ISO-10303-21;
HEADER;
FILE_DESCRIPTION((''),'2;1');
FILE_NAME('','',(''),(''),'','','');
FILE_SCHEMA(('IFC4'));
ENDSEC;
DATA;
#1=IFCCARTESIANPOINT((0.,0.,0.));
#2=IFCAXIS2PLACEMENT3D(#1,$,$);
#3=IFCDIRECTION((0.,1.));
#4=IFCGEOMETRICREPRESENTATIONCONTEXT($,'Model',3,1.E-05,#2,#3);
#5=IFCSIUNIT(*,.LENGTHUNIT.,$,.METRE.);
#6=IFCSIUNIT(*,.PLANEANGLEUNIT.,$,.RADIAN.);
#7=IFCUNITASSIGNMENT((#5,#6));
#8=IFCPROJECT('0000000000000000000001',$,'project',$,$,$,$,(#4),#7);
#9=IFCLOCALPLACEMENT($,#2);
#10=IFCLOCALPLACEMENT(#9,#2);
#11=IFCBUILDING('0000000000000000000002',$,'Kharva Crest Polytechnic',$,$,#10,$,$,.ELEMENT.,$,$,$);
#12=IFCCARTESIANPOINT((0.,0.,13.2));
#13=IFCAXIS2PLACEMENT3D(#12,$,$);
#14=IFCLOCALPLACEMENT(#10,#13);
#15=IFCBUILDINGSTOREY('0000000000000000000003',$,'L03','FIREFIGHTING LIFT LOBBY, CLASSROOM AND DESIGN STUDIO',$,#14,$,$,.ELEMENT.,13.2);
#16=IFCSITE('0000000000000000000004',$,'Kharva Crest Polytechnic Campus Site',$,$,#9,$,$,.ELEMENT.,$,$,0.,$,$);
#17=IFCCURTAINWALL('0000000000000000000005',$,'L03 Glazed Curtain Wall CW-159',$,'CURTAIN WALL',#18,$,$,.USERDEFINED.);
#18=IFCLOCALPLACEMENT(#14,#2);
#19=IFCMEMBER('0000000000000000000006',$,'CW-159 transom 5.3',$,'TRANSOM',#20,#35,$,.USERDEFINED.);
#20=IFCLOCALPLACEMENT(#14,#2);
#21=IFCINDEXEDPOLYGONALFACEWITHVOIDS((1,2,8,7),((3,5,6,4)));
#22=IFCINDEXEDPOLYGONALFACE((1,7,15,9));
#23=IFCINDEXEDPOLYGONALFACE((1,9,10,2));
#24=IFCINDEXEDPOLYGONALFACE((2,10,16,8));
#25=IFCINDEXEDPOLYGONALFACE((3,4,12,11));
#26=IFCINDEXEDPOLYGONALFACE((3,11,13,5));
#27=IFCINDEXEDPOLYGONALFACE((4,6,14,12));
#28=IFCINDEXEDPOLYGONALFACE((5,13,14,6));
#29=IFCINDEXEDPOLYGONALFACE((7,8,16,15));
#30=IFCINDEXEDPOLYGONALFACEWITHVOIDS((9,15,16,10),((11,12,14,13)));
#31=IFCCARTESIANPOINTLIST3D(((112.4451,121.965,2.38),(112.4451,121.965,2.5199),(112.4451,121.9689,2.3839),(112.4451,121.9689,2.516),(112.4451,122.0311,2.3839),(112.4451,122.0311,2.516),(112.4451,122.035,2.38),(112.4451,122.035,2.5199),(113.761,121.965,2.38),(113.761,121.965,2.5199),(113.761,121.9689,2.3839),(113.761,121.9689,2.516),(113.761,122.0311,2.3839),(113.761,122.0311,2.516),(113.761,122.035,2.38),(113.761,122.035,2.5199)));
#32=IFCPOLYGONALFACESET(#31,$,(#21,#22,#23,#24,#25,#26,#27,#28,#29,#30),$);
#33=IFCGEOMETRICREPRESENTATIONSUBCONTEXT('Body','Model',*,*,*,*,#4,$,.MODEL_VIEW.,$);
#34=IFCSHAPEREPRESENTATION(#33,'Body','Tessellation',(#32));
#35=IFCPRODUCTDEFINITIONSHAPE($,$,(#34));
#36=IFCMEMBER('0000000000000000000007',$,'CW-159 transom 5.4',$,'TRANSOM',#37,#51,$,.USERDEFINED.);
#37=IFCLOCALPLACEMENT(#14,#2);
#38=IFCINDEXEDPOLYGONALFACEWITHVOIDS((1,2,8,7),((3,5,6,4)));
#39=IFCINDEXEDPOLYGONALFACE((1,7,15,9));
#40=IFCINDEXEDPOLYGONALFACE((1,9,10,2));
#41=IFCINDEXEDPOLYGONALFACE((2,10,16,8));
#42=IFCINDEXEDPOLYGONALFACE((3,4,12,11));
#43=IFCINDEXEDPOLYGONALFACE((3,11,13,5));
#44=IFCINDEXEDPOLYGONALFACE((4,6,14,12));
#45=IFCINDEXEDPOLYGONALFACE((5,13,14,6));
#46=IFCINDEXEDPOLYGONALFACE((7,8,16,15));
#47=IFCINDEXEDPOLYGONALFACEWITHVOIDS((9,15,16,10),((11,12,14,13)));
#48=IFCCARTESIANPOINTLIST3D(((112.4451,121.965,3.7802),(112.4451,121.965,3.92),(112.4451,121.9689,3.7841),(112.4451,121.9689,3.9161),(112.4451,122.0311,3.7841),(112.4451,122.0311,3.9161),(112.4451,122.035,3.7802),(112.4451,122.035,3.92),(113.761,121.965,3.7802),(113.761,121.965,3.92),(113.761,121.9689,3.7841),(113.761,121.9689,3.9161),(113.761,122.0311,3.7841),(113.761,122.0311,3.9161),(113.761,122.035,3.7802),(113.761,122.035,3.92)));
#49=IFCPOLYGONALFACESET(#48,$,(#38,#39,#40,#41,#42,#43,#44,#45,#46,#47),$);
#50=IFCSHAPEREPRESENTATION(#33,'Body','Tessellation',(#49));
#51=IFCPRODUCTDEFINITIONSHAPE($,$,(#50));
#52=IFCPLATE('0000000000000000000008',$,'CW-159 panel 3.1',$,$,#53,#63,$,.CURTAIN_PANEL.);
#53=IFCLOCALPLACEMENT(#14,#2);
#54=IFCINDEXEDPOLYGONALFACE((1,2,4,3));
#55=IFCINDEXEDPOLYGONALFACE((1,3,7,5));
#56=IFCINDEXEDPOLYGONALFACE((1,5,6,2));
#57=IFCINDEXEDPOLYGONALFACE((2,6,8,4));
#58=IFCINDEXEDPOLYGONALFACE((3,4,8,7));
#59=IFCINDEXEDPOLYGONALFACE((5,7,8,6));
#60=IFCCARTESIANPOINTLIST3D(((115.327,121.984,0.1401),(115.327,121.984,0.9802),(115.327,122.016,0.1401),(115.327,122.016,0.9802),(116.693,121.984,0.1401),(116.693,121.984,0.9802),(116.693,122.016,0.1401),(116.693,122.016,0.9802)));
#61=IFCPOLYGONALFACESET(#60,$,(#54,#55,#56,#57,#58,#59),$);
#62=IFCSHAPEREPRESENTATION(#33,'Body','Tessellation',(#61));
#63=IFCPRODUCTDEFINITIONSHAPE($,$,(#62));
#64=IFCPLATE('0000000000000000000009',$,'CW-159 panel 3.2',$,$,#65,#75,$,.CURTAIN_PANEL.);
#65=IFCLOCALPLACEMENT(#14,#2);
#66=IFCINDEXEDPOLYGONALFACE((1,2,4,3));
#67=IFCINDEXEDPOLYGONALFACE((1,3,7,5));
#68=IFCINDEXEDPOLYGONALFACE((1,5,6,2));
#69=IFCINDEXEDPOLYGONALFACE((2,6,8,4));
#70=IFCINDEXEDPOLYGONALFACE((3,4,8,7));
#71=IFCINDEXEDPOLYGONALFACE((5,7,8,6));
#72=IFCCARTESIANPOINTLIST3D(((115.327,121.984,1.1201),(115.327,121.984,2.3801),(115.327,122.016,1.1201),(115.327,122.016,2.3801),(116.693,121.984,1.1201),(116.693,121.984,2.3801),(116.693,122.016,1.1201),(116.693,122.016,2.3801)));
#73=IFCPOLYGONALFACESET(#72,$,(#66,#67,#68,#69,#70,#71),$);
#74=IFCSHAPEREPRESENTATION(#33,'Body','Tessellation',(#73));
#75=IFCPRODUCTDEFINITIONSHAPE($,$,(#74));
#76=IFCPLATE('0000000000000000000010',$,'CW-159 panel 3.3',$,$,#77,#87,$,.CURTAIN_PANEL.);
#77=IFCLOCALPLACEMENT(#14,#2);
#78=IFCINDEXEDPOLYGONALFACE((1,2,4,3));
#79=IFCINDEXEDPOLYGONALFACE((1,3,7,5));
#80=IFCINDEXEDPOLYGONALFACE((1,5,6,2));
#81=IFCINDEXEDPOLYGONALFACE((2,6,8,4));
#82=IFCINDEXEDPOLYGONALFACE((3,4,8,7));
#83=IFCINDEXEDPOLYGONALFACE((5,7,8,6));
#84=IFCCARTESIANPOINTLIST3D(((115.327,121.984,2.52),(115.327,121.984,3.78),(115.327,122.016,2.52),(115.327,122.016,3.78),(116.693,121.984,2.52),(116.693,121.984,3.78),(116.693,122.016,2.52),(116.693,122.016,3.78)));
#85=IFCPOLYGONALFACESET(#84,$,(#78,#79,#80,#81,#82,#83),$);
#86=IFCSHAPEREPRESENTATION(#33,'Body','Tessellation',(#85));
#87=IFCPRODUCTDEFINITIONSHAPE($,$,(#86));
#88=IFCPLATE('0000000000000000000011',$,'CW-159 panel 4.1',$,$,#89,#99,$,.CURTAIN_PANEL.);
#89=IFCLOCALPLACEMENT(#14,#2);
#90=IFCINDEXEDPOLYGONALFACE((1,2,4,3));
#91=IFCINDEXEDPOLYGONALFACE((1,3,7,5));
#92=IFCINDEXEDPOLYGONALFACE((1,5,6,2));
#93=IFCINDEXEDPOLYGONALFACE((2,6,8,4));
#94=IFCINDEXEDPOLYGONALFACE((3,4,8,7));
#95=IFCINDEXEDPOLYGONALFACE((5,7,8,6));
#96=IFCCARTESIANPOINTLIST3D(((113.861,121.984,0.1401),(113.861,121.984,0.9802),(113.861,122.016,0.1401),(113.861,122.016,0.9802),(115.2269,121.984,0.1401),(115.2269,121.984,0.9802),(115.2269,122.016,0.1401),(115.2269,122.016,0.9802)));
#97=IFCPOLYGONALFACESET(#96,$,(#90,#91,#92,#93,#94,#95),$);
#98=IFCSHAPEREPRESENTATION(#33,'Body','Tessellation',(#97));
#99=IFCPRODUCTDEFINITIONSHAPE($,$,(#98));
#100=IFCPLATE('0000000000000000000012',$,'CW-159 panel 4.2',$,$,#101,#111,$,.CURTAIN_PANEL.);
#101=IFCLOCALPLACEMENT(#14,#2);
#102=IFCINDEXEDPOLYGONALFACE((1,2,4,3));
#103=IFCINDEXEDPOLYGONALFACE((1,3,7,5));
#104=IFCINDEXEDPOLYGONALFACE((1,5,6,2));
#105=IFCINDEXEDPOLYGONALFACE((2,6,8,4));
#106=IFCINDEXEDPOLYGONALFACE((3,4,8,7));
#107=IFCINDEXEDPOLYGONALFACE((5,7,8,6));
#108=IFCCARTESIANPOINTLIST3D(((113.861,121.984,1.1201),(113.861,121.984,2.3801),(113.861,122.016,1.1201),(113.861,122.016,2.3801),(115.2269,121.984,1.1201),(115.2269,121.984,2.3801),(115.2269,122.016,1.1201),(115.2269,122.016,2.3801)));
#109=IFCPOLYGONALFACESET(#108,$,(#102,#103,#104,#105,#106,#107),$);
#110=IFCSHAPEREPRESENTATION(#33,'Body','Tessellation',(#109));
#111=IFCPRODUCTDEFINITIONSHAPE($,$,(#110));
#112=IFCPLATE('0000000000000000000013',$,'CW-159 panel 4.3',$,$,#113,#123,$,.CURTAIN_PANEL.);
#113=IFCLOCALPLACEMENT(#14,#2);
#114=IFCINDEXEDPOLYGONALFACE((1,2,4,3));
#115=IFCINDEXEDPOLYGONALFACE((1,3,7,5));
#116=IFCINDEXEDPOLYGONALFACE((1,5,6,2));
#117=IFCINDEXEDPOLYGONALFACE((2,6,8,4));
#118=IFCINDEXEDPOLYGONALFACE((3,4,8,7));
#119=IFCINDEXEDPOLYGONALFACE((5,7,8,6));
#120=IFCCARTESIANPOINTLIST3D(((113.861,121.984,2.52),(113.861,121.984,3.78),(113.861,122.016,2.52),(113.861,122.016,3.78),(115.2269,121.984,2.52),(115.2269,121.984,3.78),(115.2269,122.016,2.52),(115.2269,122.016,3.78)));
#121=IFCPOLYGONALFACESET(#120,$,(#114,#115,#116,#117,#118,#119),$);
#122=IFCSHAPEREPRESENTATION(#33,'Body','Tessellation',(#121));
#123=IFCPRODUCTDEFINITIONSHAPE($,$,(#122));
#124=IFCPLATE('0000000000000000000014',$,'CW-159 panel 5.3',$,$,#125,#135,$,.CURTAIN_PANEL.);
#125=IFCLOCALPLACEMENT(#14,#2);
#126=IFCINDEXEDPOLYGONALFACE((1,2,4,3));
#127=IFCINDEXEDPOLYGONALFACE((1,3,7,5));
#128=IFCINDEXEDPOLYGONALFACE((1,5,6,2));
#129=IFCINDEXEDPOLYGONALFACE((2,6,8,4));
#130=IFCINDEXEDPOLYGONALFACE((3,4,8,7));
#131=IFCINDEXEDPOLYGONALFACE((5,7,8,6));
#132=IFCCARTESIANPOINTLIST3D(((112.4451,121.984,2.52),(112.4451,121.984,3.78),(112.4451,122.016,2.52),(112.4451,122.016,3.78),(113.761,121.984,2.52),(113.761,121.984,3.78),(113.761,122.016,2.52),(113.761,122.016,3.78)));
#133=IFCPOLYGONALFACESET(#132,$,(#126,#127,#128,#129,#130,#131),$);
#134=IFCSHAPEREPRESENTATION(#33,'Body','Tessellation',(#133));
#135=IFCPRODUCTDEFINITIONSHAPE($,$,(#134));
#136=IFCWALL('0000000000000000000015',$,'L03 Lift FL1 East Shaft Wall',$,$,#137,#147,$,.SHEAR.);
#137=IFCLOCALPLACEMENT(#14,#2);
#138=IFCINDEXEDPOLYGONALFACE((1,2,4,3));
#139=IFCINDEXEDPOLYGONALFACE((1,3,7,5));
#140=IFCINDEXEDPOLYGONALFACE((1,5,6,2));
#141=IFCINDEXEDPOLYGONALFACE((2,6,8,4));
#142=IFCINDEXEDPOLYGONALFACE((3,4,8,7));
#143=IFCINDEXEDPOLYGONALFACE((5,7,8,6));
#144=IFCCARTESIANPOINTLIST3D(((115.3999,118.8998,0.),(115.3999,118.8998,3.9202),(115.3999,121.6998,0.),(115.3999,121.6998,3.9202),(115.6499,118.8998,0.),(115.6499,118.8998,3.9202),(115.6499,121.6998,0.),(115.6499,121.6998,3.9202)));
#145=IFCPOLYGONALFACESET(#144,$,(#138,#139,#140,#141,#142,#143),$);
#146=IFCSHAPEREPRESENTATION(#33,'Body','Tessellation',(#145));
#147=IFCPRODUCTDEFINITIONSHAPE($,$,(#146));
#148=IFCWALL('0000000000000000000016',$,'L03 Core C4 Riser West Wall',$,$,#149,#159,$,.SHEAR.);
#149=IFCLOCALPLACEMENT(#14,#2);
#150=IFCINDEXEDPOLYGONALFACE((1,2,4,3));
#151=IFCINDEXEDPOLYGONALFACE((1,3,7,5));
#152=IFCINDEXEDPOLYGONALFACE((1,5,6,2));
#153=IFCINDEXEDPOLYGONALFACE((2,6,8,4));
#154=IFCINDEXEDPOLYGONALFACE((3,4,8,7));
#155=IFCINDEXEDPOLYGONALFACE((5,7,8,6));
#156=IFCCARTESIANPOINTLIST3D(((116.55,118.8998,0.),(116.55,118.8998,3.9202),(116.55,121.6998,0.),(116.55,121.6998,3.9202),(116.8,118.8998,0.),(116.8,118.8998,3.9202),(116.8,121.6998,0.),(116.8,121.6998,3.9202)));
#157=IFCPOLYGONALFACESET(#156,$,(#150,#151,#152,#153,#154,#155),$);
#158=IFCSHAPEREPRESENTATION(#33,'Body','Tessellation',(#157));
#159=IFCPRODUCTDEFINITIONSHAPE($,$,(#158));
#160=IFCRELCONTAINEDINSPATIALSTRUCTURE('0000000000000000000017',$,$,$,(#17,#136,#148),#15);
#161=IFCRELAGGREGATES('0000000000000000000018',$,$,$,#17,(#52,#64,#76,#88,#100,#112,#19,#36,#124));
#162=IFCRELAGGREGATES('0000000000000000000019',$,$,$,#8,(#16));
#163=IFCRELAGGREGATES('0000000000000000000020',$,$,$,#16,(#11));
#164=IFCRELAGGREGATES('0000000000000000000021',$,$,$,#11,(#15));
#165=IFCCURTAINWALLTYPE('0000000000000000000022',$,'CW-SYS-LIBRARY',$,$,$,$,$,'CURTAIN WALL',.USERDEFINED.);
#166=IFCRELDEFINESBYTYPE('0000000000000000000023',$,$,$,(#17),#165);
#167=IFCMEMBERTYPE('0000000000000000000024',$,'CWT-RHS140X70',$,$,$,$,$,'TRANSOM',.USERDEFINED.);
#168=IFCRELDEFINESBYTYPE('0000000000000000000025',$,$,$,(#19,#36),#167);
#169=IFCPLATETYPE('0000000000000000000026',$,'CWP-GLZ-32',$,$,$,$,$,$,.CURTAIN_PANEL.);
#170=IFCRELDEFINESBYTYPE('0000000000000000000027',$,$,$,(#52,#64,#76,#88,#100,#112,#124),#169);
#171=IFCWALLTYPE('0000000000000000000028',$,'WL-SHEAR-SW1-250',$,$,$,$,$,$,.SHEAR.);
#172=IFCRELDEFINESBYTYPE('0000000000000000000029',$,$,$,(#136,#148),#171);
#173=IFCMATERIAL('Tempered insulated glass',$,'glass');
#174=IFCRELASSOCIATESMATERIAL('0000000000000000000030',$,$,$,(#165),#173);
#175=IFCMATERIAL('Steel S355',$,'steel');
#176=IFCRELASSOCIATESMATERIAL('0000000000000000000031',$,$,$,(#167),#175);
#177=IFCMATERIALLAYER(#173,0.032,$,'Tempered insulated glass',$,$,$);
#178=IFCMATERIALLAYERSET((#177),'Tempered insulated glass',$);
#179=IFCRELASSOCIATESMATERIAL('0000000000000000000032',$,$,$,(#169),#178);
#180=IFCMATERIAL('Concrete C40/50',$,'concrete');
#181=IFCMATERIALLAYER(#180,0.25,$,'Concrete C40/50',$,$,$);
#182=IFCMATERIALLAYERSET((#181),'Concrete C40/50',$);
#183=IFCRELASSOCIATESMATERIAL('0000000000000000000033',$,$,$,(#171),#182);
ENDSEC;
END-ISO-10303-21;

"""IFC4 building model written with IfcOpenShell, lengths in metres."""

from ifc_helpers import new_model, si_unit, direction, frame, frame_2d, origin, origin_2d, place, context, subcontext, project, spatial, rectangle, hollow_rectangle, extrude, material, layer, layer_set, material_profile, profile_set, type_object, element, aggregate, save


model = new_model("IFC4")

# Units and contexts
model_context = context("Model", 3, precision=1e-05, world=origin(), true_north=direction((0.0, 1.0)))
body_context = subcontext(model_context, "Body", "Model", "MODEL_VIEW")
ifc_project = project(units=[si_unit("LENGTHUNIT", "METRE"), si_unit("PLANEANGLEUNIT", "RADIAN")], contexts=[model_context])

# Site, building, storey
site_placement = place(None, origin())
site = spatial("IfcSite", under=ifc_project, at=site_placement, Name="Kharva Crest Polytechnic Campus Site", CompositionType="ELEMENT", RefElevation=0.0)
building_placement = place(site_placement, origin())
building = spatial("IfcBuilding", under=site, at=building_placement, Name="Kharva Crest Polytechnic", CompositionType="ELEMENT")
storey_placement = place(building_placement, frame((0.0, 0.0, 13.2)))
storey = spatial("IfcBuildingStorey", under=building, at=storey_placement, Name="L03", Description="FIREFIGHTING LIFT LOBBY, CLASSROOM AND DESIGN STUDIO", CompositionType="ELEMENT", Elevation=13.2)

# Curtain wall, members, plates
ifc_material_1 = material(Name="Tempered insulated glass", Category="glass")
curtain_wall_type = type_object("IfcCurtainWallType", Name="CW-SYS-LIBRARY", ElementType="CURTAIN WALL", PredefinedType="USERDEFINED", material=ifc_material_1)
curtain_wall_placement = place(storey_placement, origin())
curtain_wall = element("IfcCurtainWall", 1, at=curtain_wall_placement, inside=storey, type_object=curtain_wall_type, Name="L03 Glazed Curtain Wall CW-159", ObjectType="CURTAIN WALL", PredefinedType="USERDEFINED")
ifc_material_2 = material(Name="Steel S355", Category="steel")
ifc_material_profile_1 = material_profile(ifc_material_2, hollow_rectangle(XDim=0.0701, YDim=0.1399, WallThickness=0.0039, at=origin_2d()), Name="RHS 140X70X4.0")
ifc_profile_set_1 = profile_set([ifc_material_profile_1], Name="Steel S355")
member_type_1 = type_object("IfcMemberType", Name="CWT-RHS140X70", ElementType="TRANSOM", PredefinedType="USERDEFINED", material=ifc_profile_set_1)
member_1_placement = place(storey_placement, frame((113.761, 122.0, 2.45), z_axis=(-1.0, 0.0, 0.0), x_axis=(0.0, -1.0, 0.0)))
member_1 = element("IfcMember", 2, at=member_1_placement, type_object=member_type_1, Name="CW-159 transom 5.3", ObjectType="TRANSOM", PredefinedType="USERDEFINED", context=body_context, shape_type="SweptSolid", body=[
    extrude(hollow_rectangle(XDim=0.0701, YDim=0.1399, WallThickness=0.0039, at=origin_2d()), origin(), (0.0, 0.0, 1.0), 1.3159),
])
member_2_placement = place(storey_placement, frame((113.761, 122.0, 3.8501), z_axis=(-1.0, 0.0, 0.0), x_axis=(0.0, -1.0, 0.0)))
member_2 = element("IfcMember", 3, at=member_2_placement, type_object=member_type_1, Name="CW-159 transom 5.4", ObjectType="TRANSOM", PredefinedType="USERDEFINED", context=body_context, shape_type="SweptSolid", body=[
    extrude(hollow_rectangle(XDim=0.0701, YDim=0.1399, WallThickness=0.0039, at=origin_2d()), origin(), (0.0, 0.0, 1.0), 1.3159),
])
ifc_layer_1 = layer(ifc_material_1, 0.032, Name="Tempered insulated glass")
ifc_layer_set_1 = layer_set([ifc_layer_1], Name="Tempered insulated glass")
plate_type = type_object("IfcPlateType", Name="CWP-GLZ-32", PredefinedType="CURTAIN_PANEL", material=ifc_layer_set_1)
plate_1_placement = place(storey_placement, frame((116.01, 122.0, 0.1401), z_axis=(0.0, 0.0, 1.0), x_axis=(-1.0, 0.0, 0.0)))
plate_1 = element("IfcPlate", 4, at=plate_1_placement, type_object=plate_type, Name="CW-159 panel 3.1", PredefinedType="CURTAIN_PANEL", context=body_context, shape_type="SweptSolid", body=[
    extrude(rectangle(XDim=1.366, YDim=0.032, at=origin_2d()), origin(), (0.0, 0.0, 1.0), 0.8401),
])
plate_2_placement = place(storey_placement, frame((116.01, 122.0, 1.1201), z_axis=(0.0, 0.0, 1.0), x_axis=(-1.0, 0.0, 0.0)))
plate_2 = element("IfcPlate", 5, at=plate_2_placement, type_object=plate_type, Name="CW-159 panel 3.2", PredefinedType="CURTAIN_PANEL", context=body_context, shape_type="SweptSolid", body=[
    extrude(rectangle(XDim=1.366, YDim=0.032, at=origin_2d()), origin(), (0.0, 0.0, 1.0), 1.26),
])
plate_3_placement = place(storey_placement, frame((116.01, 122.0, 2.52), z_axis=(0.0, 0.0, 1.0), x_axis=(-1.0, 0.0, 0.0)))
plate_3 = element("IfcPlate", 6, at=plate_3_placement, type_object=plate_type, Name="CW-159 panel 3.3", PredefinedType="CURTAIN_PANEL", context=body_context, shape_type="SweptSolid", body=[
    extrude(rectangle(XDim=1.366, YDim=0.032, at=origin_2d()), origin(), (0.0, 0.0, 1.0), 1.26),
])
plate_4_placement = place(storey_placement, frame((114.5439, 122.0, 0.1401), z_axis=(0.0, 0.0, 1.0), x_axis=(-1.0, 0.0, 0.0)))
plate_4 = element("IfcPlate", 7, at=plate_4_placement, type_object=plate_type, Name="CW-159 panel 4.1", PredefinedType="CURTAIN_PANEL", context=body_context, shape_type="SweptSolid", body=[
    extrude(rectangle(XDim=1.366, YDim=0.032, at=origin_2d()), origin(), (0.0, 0.0, 1.0), 0.8401),
])
plate_5_placement = place(storey_placement, frame((114.5439, 122.0, 1.1201), z_axis=(0.0, 0.0, 1.0), x_axis=(-1.0, 0.0, 0.0)))
plate_5 = element("IfcPlate", 8, at=plate_5_placement, type_object=plate_type, Name="CW-159 panel 4.2", PredefinedType="CURTAIN_PANEL", context=body_context, shape_type="SweptSolid", body=[
    extrude(rectangle(XDim=1.366, YDim=0.032, at=origin_2d()), origin(), (0.0, 0.0, 1.0), 1.26),
])
plate_6_placement = place(storey_placement, frame((114.5439, 122.0, 2.52), z_axis=(0.0, 0.0, 1.0), x_axis=(-1.0, 0.0, 0.0)))
plate_6 = element("IfcPlate", 9, at=plate_6_placement, type_object=plate_type, Name="CW-159 panel 4.3", PredefinedType="CURTAIN_PANEL", context=body_context, shape_type="SweptSolid", body=[
    extrude(rectangle(XDim=1.366, YDim=0.032, at=origin_2d()), origin(), (0.0, 0.0, 1.0), 1.26),
])
plate_7_placement = place(storey_placement, frame((113.103, 122.0, 2.52), z_axis=(0.0, 0.0, 1.0), x_axis=(-1.0, 0.0, 0.0)))
plate_7 = element("IfcPlate", 10, at=plate_7_placement, type_object=plate_type, Name="CW-159 panel 5.3", PredefinedType="CURTAIN_PANEL", context=body_context, shape_type="SweptSolid", body=[
    extrude(rectangle(XDim=1.3159, YDim=0.032, at=origin_2d()), origin(), (0.0, 0.0, 1.0), 1.26),
])
aggregate(curtain_wall, [plate_1, plate_2, plate_3, plate_4, plate_5, plate_6, member_1, member_2, plate_7])

# Walls
ifc_material_3 = material(Name="Concrete C40/50", Category="concrete")
ifc_layer_2 = layer(ifc_material_3, 0.25, Name="Concrete C40/50")
ifc_layer_set_2 = layer_set([ifc_layer_2], Name="Concrete C40/50")
wall_type = type_object("IfcWallType", Name="WL-SHEAR-SW1-250", PredefinedType="SHEAR", material=ifc_layer_set_2)
for number, where, z_axis, x_axis, name in (
    (11, (115.5249, 118.8999, 0.0), (0.0, 0.0, 1.0), (0.0, 1.0, 0.0), "L03 Lift FL1 East Shaft Wall"),
    (12, (116.675, 118.8999, 0.0), (0.0, 0.0, 1.0), (0.0, 1.0, 0.0), "L03 Core C4 Riser West Wall"),
):
    element("IfcWall", number, at=place(storey_placement, frame(where, z_axis=z_axis, x_axis=x_axis)), inside=storey, type_object=wall_type, Name=name, PredefinedType="SHEAR", context=body_context, shape_type="SweptSolid", body=[
        extrude(rectangle(XDim=2.8, YDim=0.25, at=frame_2d((1.3999, 0.0))), origin(), (0.0, 0.0, 1.0), 3.9202),
    ])

save(model, "model.ifc")
